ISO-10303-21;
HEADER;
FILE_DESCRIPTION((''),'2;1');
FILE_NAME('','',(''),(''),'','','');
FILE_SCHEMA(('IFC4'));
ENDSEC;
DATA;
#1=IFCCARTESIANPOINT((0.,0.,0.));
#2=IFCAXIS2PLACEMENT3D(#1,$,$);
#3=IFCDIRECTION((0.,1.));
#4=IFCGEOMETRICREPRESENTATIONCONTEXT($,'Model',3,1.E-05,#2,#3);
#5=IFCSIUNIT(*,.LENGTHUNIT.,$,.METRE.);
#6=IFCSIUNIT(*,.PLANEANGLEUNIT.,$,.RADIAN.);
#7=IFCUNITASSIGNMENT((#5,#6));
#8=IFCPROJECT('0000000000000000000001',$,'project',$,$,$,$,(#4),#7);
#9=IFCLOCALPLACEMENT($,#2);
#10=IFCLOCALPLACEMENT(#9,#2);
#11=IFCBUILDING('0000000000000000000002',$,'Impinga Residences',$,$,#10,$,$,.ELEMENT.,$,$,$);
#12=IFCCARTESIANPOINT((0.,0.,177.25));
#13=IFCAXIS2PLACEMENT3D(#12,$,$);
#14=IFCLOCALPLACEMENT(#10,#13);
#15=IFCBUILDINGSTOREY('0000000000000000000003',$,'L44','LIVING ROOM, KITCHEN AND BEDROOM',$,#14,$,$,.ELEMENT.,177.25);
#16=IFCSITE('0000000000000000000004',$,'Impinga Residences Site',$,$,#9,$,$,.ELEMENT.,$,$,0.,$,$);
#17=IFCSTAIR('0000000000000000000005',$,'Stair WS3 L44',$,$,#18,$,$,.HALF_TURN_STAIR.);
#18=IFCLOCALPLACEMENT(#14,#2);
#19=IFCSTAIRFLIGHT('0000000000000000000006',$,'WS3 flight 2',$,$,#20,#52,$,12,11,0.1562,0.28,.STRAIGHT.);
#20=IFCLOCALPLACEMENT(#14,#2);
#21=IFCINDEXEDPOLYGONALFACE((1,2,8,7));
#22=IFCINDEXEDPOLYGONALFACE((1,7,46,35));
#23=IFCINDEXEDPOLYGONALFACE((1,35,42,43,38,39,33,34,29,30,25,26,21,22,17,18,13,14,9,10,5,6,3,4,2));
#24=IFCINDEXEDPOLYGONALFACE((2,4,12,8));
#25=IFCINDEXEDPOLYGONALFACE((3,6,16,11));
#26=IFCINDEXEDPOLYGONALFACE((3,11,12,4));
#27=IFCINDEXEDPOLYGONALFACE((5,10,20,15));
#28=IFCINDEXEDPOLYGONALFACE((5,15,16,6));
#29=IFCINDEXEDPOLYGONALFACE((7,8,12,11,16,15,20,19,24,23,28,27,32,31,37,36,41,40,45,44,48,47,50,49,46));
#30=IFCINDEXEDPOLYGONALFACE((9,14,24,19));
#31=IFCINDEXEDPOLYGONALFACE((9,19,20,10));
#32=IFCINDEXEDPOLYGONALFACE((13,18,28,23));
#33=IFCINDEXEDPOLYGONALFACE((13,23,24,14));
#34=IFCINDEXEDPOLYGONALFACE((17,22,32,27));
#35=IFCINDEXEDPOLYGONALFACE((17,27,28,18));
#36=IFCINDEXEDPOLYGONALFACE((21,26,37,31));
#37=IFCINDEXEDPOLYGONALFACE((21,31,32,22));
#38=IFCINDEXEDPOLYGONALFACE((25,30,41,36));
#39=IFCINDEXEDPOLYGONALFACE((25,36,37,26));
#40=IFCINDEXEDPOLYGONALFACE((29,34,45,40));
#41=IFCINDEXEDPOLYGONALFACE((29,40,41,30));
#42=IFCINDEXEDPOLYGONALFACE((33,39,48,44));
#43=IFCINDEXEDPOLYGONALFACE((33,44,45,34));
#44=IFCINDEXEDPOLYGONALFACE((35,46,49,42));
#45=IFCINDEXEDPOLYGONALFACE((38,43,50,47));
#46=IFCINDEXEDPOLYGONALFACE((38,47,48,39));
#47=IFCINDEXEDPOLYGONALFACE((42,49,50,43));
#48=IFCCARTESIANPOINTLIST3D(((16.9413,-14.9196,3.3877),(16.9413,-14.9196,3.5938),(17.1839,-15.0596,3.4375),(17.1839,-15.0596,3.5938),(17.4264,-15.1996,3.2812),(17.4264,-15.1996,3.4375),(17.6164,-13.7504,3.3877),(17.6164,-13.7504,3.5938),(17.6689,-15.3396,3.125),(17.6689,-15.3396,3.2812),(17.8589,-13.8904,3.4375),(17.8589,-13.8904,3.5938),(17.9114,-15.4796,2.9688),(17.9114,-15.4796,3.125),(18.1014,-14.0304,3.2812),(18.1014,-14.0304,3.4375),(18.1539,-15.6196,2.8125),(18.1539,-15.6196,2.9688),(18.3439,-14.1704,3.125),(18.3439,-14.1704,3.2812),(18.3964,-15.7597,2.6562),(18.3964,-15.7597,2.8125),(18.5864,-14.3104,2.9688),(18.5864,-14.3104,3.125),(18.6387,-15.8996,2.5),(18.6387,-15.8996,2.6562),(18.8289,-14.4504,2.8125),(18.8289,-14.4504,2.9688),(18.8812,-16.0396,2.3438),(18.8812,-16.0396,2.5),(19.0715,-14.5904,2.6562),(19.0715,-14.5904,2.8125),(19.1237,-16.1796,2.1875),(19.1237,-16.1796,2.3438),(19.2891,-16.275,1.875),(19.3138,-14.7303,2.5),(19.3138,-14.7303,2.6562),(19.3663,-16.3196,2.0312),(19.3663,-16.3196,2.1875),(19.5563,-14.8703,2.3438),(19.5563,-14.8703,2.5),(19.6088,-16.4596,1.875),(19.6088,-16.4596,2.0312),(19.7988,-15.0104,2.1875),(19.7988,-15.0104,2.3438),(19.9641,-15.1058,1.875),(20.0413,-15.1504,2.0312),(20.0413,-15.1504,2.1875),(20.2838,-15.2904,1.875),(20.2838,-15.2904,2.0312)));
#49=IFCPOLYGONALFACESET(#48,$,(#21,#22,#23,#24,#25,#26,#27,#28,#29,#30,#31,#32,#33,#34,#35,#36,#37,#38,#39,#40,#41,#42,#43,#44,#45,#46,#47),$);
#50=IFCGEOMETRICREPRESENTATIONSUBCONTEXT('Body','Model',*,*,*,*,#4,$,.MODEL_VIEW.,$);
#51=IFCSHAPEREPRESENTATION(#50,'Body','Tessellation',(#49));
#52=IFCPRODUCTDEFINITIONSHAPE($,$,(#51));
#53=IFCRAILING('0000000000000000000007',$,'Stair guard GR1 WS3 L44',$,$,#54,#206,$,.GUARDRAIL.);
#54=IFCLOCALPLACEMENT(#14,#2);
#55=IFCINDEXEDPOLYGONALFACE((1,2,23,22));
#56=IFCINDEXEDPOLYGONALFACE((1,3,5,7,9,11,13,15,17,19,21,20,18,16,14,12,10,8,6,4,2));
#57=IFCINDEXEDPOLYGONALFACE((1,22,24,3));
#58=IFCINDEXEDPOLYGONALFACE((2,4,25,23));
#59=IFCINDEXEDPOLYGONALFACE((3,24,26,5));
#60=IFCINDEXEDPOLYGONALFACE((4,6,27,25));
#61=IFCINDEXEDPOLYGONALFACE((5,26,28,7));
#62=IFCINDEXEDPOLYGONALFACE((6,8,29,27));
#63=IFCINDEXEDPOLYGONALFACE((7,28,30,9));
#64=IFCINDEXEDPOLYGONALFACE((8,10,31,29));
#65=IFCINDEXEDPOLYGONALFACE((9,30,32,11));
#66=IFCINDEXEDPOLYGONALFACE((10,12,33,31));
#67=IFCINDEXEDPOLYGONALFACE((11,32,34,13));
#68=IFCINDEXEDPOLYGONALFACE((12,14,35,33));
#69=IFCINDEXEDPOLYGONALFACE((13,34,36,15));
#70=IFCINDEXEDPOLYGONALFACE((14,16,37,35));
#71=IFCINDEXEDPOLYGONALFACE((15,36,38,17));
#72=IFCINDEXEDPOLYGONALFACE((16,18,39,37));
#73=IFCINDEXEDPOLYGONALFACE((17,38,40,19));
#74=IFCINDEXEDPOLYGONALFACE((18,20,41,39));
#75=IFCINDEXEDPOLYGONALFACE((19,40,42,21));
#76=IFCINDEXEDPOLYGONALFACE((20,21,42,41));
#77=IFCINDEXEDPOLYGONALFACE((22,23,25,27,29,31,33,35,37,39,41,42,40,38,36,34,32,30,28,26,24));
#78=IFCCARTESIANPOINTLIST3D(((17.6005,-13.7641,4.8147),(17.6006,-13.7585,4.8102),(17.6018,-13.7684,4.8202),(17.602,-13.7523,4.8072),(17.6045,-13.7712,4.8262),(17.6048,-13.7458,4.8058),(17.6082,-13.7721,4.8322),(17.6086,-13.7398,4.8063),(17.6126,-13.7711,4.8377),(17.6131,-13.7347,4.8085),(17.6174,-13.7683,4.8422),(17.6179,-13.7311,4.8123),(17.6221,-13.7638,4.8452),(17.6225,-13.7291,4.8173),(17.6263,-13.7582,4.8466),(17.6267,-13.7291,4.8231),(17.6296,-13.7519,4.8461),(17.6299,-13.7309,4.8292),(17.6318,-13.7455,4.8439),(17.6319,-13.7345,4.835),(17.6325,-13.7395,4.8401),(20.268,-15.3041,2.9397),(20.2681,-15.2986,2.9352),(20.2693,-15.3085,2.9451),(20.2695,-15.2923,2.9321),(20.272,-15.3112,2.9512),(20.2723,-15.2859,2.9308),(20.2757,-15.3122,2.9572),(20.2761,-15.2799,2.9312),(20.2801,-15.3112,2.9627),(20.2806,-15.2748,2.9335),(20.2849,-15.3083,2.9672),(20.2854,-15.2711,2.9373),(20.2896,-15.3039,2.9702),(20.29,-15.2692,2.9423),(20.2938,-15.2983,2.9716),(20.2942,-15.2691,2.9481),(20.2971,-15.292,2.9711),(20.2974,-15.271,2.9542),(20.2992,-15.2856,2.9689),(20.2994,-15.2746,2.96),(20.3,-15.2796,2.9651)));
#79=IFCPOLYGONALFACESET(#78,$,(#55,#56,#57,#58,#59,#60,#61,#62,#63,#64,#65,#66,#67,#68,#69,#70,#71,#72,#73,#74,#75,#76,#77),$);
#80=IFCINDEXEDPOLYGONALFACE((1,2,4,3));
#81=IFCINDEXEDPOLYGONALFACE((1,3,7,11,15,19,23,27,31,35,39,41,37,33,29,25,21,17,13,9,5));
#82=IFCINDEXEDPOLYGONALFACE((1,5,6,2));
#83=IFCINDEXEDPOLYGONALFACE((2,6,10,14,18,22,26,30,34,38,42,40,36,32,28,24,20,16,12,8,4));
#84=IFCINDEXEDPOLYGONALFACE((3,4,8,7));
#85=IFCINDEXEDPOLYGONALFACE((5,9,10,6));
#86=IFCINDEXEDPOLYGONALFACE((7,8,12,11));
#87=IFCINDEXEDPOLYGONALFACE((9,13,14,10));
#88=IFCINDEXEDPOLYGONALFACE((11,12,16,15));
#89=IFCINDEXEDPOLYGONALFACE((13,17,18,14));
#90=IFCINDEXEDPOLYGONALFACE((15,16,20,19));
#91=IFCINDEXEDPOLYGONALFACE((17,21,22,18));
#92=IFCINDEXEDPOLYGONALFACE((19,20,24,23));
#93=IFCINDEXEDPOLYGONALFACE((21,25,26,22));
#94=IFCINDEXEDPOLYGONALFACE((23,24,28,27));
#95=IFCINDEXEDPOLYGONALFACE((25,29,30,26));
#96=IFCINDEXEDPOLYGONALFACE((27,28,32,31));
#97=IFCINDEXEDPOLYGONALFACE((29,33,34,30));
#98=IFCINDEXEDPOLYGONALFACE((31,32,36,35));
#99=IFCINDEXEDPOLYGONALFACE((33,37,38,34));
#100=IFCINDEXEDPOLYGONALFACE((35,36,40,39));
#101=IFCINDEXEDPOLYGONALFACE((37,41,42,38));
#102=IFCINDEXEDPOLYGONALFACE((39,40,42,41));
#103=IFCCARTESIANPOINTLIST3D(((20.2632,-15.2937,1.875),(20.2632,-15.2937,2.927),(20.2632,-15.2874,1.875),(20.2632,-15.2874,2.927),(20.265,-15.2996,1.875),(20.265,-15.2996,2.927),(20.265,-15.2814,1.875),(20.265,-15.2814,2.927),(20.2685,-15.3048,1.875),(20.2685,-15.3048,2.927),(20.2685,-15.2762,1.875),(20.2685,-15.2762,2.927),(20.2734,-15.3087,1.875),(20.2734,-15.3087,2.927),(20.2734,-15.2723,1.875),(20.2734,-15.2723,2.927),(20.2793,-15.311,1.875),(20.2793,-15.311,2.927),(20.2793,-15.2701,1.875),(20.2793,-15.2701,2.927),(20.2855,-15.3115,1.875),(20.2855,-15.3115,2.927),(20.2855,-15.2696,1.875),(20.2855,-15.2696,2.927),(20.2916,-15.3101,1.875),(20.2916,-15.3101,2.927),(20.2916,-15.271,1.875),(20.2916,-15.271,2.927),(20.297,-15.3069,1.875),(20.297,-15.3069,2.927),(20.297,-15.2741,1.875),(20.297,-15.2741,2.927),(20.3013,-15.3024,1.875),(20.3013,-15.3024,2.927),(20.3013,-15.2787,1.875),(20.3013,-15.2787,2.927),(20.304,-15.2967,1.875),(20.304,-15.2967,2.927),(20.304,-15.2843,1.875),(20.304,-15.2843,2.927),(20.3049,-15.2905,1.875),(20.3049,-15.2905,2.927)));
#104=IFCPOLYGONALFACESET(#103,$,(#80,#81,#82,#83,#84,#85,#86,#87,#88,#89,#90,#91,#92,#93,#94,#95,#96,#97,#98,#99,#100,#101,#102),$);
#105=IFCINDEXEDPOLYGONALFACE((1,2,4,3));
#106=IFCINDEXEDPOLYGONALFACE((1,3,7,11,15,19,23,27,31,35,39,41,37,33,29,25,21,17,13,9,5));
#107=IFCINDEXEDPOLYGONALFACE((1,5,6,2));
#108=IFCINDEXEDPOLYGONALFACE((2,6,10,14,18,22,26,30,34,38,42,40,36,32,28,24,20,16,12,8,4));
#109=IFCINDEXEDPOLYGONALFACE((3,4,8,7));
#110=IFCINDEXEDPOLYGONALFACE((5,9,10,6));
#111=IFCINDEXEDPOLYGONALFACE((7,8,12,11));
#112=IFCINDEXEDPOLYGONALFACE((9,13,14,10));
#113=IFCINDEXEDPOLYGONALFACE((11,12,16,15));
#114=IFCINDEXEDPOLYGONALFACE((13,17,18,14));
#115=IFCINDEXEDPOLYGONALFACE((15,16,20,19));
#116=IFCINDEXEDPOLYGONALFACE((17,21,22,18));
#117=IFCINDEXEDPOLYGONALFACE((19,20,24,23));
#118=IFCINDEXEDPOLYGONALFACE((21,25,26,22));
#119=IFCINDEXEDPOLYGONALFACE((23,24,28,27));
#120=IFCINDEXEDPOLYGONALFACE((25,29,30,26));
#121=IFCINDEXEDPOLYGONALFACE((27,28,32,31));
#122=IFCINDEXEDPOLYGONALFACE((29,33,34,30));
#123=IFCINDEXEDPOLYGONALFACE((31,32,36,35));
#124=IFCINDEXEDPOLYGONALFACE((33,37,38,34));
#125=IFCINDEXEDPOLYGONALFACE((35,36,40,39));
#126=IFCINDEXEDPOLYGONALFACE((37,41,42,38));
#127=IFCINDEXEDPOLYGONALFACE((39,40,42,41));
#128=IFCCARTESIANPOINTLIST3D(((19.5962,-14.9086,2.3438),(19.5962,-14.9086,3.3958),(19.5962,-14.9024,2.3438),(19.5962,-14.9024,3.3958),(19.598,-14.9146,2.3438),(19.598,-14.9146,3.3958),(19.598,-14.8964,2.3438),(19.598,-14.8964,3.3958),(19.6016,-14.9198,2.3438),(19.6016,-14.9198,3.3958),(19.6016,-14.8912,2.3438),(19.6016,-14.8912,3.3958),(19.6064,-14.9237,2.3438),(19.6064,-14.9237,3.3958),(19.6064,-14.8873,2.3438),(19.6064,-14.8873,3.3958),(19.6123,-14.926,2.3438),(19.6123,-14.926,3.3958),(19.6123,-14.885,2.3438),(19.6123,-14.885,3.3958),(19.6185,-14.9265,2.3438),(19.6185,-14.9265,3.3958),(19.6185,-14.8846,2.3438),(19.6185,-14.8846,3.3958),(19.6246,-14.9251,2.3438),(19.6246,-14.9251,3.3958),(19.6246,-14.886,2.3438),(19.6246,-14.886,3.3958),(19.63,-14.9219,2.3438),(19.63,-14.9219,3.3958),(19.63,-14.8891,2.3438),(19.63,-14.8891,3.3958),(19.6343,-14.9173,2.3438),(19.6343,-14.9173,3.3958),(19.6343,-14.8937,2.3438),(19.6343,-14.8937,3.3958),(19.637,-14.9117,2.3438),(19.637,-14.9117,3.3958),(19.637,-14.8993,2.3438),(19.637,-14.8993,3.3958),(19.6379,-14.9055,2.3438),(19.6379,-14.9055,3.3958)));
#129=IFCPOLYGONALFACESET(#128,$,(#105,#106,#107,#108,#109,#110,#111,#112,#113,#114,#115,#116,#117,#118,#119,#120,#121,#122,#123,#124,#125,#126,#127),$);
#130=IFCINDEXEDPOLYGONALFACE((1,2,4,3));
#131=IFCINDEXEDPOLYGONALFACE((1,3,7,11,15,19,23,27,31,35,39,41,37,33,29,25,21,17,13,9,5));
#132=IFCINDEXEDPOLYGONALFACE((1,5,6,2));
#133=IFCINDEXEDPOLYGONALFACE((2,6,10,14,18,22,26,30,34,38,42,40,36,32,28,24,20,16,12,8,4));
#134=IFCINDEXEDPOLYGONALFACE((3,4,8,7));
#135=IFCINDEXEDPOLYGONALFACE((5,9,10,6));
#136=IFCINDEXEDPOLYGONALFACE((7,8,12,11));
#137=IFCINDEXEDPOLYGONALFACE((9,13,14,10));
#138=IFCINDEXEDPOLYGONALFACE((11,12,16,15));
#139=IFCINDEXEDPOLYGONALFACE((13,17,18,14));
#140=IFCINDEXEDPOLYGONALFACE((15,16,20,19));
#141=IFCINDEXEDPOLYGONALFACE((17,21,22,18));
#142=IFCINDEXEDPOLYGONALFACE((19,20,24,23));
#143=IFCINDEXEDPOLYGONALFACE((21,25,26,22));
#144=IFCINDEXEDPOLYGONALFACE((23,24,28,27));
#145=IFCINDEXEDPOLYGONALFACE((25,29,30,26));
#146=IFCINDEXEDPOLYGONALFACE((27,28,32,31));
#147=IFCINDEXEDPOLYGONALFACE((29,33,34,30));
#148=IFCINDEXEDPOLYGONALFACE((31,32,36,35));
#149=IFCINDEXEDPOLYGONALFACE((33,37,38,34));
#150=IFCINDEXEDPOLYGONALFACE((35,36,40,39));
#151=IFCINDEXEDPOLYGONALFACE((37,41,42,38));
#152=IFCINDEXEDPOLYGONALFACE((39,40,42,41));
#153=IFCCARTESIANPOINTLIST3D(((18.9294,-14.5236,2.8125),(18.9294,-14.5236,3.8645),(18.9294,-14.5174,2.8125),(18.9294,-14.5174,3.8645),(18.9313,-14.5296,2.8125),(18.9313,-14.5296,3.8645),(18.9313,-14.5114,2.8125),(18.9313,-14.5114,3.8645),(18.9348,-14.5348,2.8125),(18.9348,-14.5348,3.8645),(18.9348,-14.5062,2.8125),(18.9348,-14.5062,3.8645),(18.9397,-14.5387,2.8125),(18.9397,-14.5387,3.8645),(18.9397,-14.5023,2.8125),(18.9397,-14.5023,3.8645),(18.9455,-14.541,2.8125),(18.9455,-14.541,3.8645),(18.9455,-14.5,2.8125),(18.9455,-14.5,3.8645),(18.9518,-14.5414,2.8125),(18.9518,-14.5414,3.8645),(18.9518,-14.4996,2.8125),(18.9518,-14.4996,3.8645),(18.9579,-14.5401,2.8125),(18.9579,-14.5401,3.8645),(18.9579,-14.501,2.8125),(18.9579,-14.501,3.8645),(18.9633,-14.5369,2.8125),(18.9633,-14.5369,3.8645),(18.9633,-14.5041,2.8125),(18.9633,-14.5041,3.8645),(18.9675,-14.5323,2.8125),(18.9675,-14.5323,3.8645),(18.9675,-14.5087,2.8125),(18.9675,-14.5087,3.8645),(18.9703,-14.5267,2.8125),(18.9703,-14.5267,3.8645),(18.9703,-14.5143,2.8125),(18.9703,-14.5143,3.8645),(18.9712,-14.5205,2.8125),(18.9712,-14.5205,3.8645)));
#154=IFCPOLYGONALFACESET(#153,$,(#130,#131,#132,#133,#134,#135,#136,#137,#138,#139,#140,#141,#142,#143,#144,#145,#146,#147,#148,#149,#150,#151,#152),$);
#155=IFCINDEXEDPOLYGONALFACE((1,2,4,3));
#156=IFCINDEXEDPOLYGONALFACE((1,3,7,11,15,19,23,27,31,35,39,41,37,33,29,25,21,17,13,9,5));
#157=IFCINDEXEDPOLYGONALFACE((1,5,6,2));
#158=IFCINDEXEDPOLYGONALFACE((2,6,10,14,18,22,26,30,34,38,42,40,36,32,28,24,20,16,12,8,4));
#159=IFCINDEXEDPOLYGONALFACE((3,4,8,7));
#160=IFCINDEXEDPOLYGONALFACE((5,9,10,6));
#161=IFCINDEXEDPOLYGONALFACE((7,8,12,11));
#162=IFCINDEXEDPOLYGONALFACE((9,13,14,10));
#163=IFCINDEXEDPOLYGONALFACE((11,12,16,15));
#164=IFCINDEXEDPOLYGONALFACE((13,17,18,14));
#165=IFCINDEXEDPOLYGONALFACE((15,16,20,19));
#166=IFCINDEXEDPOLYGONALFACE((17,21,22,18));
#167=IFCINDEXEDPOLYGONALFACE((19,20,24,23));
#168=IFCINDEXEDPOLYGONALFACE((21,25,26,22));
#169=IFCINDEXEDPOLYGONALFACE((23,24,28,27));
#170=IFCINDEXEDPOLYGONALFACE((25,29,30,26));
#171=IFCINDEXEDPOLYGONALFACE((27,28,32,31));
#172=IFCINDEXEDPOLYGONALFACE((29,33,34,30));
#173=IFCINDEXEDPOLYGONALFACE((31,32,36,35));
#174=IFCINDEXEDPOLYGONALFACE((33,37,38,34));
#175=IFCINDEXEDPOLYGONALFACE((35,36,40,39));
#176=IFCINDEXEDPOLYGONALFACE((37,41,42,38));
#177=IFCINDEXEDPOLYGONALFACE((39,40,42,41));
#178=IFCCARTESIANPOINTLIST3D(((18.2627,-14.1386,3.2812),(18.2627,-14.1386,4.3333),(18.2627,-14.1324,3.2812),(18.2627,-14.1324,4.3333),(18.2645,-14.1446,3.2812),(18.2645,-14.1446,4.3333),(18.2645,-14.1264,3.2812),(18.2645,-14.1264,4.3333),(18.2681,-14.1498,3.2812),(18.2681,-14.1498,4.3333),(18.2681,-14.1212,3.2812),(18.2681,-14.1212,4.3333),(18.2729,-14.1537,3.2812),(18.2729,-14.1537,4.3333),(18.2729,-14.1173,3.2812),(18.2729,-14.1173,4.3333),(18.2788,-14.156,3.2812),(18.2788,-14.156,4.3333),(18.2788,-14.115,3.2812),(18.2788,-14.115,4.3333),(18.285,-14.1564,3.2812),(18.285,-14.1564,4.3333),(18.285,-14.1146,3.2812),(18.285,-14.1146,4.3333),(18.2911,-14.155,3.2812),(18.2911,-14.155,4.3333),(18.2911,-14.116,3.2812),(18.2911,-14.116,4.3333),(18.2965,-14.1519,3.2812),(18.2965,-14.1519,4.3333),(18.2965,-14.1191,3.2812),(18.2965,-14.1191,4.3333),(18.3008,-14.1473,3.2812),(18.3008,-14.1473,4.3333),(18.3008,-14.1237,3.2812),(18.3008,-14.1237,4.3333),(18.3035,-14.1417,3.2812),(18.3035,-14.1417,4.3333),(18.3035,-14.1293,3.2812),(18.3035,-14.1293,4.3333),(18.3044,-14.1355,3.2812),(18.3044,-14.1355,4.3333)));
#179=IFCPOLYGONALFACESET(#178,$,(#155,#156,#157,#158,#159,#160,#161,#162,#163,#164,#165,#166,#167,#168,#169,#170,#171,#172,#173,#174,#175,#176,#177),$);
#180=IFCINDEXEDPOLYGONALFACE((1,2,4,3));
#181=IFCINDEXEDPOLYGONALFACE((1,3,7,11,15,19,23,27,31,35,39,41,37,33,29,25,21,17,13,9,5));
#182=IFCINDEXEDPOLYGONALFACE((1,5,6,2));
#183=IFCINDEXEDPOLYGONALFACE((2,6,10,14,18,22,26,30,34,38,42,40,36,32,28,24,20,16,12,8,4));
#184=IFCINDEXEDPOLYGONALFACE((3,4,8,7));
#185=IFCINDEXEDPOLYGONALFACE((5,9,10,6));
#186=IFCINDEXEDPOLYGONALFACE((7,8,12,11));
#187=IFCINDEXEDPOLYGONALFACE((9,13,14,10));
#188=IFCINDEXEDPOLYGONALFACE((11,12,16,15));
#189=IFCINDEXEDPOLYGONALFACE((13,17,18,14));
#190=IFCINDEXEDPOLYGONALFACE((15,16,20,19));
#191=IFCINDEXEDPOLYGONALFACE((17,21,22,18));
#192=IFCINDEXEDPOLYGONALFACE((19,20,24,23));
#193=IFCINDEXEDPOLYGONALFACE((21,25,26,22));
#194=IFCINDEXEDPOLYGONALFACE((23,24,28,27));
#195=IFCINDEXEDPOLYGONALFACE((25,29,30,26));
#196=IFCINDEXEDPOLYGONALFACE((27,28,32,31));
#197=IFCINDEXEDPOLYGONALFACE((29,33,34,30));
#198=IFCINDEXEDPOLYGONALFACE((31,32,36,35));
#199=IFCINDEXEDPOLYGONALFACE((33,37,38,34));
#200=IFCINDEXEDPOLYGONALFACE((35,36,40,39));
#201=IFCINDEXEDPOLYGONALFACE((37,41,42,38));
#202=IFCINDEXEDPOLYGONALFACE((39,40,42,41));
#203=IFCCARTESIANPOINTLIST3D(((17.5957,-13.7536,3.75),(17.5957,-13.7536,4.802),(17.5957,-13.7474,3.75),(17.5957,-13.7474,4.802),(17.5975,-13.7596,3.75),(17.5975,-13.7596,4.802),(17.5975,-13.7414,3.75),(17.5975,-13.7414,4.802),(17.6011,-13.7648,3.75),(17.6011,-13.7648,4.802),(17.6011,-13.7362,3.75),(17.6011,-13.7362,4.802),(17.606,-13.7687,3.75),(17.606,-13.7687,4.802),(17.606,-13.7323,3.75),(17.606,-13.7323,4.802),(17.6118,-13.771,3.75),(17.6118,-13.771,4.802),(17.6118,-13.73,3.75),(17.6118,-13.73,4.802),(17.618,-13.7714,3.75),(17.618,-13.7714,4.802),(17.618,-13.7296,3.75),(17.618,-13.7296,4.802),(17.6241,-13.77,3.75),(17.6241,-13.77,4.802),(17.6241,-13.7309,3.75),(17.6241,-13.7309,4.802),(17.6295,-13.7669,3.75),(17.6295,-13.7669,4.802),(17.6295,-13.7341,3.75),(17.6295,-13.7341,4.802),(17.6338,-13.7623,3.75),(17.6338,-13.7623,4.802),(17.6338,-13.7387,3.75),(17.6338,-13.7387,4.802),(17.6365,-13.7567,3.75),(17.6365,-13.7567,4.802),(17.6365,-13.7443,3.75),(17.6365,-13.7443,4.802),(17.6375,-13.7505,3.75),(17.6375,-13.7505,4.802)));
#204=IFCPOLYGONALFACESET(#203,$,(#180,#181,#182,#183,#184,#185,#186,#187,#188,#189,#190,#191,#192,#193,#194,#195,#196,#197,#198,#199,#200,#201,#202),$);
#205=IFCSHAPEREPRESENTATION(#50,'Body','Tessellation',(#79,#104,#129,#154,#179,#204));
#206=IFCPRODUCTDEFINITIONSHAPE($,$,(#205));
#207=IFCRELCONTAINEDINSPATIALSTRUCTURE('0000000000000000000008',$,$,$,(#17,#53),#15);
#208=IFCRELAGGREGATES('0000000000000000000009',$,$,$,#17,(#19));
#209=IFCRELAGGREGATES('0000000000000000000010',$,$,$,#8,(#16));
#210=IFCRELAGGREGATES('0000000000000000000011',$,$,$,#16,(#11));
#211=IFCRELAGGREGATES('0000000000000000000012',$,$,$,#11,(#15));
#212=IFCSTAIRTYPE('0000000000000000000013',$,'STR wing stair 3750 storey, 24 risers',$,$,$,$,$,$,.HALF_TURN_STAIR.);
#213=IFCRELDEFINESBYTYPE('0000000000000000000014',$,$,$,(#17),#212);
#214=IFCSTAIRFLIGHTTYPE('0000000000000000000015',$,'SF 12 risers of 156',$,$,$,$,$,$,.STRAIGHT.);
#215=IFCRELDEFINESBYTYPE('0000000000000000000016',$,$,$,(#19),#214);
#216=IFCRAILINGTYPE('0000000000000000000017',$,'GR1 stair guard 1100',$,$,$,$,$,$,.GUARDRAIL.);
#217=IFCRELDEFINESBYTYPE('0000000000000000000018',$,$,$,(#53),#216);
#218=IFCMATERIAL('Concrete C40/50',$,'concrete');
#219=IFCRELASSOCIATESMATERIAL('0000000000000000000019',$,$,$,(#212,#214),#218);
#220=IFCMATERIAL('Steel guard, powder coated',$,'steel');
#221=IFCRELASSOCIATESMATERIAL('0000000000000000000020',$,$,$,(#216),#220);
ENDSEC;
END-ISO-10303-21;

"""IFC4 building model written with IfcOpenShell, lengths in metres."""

from ifc_helpers import new_model, si_unit, direction, frame, origin, origin_2d, place, context, subcontext, project, spatial, polyline, circle, outline, extrude, material, type_object, element, aggregate, save


model = new_model("IFC4")

# Units and contexts
model_context = context("Model", 3, precision=1e-05, world=origin(), true_north=direction((0.0, 1.0)))
body_context = subcontext(model_context, "Body", "Model", "MODEL_VIEW")
ifc_project = project(units=[si_unit("LENGTHUNIT", "METRE"), si_unit("PLANEANGLEUNIT", "RADIAN")], contexts=[model_context])

# Site, building, storey
site_placement = place(None, origin())
site = spatial("IfcSite", under=ifc_project, at=site_placement, Name="Impinga Residences Site", CompositionType="ELEMENT", RefElevation=0.0)
building_placement = place(site_placement, origin())
building = spatial("IfcBuilding", under=site, at=building_placement, Name="Impinga Residences", CompositionType="ELEMENT")
storey_placement = place(building_placement, frame((0.0, 0.0, 177.25)))
storey = spatial("IfcBuildingStorey", under=building, at=storey_placement, Name="L44", Description="LIVING ROOM, KITCHEN AND BEDROOM", CompositionType="ELEMENT", Elevation=177.25)

# Stair, stair flight
ifc_material_1 = material(Name="Concrete C40/50", Category="concrete")
stair_type = type_object("IfcStairType", Name="STR wing stair 3750 storey, 24 risers", PredefinedType="HALF_TURN_STAIR", material=ifc_material_1)
stair_placement = place(storey_placement, origin())
stair = element("IfcStair", 1, at=stair_placement, inside=storey, type_object=stair_type, Name="Stair WS3 L44", PredefinedType="HALF_TURN_STAIR")
stair_flight_type = type_object("IfcStairFlightType", Name="SF 12 risers of 156", PredefinedType="STRAIGHT", material=ifc_material_1)
stair_flight_1_placement = place(storey_placement, frame((19.9463, -15.875, 1.875), z_axis=(0.0, 0.0, 1.0), x_axis=(-0.866025, 0.5, 0.0)))
stair_flight_1 = element("IfcStairFlight", 2, at=stair_flight_1_placement, type_object=stair_flight_type, Name="WS3 flight 2", NumberOfRisers=12, NumberOfTreads=11, PredefinedType="STRAIGHT", RiserHeight=0.1562, TreadLength=0.28, context=body_context, shape_type="SweptSolid", body=[
    extrude(outline(polyline([(0.0, 0.0), (0.0, 0.1562), (0.28, 0.1562), (0.28, 0.3125), (0.5601, 0.3125), (0.5601, 0.4688), (0.8401, 0.4688), (0.8401, 0.625), (1.1201, 0.625), (1.1201, 0.7812), (1.3999, 0.7812), (1.3999, 0.9375), (1.6799, 0.9375), (1.6799, 1.0938), (1.96, 1.0938), (1.96, 1.25), (2.24, 1.25), (2.24, 1.4062), (2.52, 1.4062), (2.52, 1.5625), (2.8, 1.5625), (2.8, 1.7188), (3.0801, 1.7188), (3.0801, 1.875), (3.0801, 1.5127), (0.3691, 0.0), (0.0, 0.0)])), frame((0.0, 0.675, 0.0), z_axis=(0.0, -1.0, 0.0), x_axis=(1.0, 0.0, 0.0)), (0.0, 0.0, 1.0), 1.3501),
])
aggregate(stair, [stair_flight_1])

# Railing
ifc_material_2 = material(Name="Steel guard, powder coated", Category="steel")
railing_type_1 = type_object("IfcRailingType", Name="GR1 stair guard 1100", PredefinedType="GUARDRAIL", material=ifc_material_2)
railing_1_placement = place(storey_placement, frame((20.2839, -15.2905, 1.875)))
element("IfcRailing", 3, at=railing_1_placement, inside=storey, type_object=railing_type_1, Name="Stair guard GR1 WS3 L44", PredefinedType="GUARDRAIL", context=body_context, shape_type="SweptSolid", body=[
    extrude(circle(Radius=0.0239, at=origin_2d()), frame((0.0, 0.0, 1.0762), z_axis=(-0.739746, 0.427084, 0.519975), x_axis=(-0.499992, -0.86603, 0.0)), (0.0, 0.0, 1.0), 3.606),
    extrude(circle(Radius=0.021, at=origin_2d()), origin(), (0.0, 0.0, 1.0), 1.052),
    extrude(circle(Radius=0.021, at=origin_2d()), frame((-0.667, 0.385, 0.4688)), (0.0, 0.0, 1.0), 1.052),
    extrude(circle(Radius=0.021, at=origin_2d()), frame((-1.3337, 0.77, 0.9375)), (0.0, 0.0, 1.0), 1.052),
    extrude(circle(Radius=0.021, at=origin_2d()), frame((-2.0005, 1.155, 1.4062)), (0.0, 0.0, 1.0), 1.052),
    extrude(circle(Radius=0.021, at=origin_2d()), frame((-2.6675, 1.54, 1.875)), (0.0, 0.0, 1.0), 1.052),
])

save(model, "model.ifc")
